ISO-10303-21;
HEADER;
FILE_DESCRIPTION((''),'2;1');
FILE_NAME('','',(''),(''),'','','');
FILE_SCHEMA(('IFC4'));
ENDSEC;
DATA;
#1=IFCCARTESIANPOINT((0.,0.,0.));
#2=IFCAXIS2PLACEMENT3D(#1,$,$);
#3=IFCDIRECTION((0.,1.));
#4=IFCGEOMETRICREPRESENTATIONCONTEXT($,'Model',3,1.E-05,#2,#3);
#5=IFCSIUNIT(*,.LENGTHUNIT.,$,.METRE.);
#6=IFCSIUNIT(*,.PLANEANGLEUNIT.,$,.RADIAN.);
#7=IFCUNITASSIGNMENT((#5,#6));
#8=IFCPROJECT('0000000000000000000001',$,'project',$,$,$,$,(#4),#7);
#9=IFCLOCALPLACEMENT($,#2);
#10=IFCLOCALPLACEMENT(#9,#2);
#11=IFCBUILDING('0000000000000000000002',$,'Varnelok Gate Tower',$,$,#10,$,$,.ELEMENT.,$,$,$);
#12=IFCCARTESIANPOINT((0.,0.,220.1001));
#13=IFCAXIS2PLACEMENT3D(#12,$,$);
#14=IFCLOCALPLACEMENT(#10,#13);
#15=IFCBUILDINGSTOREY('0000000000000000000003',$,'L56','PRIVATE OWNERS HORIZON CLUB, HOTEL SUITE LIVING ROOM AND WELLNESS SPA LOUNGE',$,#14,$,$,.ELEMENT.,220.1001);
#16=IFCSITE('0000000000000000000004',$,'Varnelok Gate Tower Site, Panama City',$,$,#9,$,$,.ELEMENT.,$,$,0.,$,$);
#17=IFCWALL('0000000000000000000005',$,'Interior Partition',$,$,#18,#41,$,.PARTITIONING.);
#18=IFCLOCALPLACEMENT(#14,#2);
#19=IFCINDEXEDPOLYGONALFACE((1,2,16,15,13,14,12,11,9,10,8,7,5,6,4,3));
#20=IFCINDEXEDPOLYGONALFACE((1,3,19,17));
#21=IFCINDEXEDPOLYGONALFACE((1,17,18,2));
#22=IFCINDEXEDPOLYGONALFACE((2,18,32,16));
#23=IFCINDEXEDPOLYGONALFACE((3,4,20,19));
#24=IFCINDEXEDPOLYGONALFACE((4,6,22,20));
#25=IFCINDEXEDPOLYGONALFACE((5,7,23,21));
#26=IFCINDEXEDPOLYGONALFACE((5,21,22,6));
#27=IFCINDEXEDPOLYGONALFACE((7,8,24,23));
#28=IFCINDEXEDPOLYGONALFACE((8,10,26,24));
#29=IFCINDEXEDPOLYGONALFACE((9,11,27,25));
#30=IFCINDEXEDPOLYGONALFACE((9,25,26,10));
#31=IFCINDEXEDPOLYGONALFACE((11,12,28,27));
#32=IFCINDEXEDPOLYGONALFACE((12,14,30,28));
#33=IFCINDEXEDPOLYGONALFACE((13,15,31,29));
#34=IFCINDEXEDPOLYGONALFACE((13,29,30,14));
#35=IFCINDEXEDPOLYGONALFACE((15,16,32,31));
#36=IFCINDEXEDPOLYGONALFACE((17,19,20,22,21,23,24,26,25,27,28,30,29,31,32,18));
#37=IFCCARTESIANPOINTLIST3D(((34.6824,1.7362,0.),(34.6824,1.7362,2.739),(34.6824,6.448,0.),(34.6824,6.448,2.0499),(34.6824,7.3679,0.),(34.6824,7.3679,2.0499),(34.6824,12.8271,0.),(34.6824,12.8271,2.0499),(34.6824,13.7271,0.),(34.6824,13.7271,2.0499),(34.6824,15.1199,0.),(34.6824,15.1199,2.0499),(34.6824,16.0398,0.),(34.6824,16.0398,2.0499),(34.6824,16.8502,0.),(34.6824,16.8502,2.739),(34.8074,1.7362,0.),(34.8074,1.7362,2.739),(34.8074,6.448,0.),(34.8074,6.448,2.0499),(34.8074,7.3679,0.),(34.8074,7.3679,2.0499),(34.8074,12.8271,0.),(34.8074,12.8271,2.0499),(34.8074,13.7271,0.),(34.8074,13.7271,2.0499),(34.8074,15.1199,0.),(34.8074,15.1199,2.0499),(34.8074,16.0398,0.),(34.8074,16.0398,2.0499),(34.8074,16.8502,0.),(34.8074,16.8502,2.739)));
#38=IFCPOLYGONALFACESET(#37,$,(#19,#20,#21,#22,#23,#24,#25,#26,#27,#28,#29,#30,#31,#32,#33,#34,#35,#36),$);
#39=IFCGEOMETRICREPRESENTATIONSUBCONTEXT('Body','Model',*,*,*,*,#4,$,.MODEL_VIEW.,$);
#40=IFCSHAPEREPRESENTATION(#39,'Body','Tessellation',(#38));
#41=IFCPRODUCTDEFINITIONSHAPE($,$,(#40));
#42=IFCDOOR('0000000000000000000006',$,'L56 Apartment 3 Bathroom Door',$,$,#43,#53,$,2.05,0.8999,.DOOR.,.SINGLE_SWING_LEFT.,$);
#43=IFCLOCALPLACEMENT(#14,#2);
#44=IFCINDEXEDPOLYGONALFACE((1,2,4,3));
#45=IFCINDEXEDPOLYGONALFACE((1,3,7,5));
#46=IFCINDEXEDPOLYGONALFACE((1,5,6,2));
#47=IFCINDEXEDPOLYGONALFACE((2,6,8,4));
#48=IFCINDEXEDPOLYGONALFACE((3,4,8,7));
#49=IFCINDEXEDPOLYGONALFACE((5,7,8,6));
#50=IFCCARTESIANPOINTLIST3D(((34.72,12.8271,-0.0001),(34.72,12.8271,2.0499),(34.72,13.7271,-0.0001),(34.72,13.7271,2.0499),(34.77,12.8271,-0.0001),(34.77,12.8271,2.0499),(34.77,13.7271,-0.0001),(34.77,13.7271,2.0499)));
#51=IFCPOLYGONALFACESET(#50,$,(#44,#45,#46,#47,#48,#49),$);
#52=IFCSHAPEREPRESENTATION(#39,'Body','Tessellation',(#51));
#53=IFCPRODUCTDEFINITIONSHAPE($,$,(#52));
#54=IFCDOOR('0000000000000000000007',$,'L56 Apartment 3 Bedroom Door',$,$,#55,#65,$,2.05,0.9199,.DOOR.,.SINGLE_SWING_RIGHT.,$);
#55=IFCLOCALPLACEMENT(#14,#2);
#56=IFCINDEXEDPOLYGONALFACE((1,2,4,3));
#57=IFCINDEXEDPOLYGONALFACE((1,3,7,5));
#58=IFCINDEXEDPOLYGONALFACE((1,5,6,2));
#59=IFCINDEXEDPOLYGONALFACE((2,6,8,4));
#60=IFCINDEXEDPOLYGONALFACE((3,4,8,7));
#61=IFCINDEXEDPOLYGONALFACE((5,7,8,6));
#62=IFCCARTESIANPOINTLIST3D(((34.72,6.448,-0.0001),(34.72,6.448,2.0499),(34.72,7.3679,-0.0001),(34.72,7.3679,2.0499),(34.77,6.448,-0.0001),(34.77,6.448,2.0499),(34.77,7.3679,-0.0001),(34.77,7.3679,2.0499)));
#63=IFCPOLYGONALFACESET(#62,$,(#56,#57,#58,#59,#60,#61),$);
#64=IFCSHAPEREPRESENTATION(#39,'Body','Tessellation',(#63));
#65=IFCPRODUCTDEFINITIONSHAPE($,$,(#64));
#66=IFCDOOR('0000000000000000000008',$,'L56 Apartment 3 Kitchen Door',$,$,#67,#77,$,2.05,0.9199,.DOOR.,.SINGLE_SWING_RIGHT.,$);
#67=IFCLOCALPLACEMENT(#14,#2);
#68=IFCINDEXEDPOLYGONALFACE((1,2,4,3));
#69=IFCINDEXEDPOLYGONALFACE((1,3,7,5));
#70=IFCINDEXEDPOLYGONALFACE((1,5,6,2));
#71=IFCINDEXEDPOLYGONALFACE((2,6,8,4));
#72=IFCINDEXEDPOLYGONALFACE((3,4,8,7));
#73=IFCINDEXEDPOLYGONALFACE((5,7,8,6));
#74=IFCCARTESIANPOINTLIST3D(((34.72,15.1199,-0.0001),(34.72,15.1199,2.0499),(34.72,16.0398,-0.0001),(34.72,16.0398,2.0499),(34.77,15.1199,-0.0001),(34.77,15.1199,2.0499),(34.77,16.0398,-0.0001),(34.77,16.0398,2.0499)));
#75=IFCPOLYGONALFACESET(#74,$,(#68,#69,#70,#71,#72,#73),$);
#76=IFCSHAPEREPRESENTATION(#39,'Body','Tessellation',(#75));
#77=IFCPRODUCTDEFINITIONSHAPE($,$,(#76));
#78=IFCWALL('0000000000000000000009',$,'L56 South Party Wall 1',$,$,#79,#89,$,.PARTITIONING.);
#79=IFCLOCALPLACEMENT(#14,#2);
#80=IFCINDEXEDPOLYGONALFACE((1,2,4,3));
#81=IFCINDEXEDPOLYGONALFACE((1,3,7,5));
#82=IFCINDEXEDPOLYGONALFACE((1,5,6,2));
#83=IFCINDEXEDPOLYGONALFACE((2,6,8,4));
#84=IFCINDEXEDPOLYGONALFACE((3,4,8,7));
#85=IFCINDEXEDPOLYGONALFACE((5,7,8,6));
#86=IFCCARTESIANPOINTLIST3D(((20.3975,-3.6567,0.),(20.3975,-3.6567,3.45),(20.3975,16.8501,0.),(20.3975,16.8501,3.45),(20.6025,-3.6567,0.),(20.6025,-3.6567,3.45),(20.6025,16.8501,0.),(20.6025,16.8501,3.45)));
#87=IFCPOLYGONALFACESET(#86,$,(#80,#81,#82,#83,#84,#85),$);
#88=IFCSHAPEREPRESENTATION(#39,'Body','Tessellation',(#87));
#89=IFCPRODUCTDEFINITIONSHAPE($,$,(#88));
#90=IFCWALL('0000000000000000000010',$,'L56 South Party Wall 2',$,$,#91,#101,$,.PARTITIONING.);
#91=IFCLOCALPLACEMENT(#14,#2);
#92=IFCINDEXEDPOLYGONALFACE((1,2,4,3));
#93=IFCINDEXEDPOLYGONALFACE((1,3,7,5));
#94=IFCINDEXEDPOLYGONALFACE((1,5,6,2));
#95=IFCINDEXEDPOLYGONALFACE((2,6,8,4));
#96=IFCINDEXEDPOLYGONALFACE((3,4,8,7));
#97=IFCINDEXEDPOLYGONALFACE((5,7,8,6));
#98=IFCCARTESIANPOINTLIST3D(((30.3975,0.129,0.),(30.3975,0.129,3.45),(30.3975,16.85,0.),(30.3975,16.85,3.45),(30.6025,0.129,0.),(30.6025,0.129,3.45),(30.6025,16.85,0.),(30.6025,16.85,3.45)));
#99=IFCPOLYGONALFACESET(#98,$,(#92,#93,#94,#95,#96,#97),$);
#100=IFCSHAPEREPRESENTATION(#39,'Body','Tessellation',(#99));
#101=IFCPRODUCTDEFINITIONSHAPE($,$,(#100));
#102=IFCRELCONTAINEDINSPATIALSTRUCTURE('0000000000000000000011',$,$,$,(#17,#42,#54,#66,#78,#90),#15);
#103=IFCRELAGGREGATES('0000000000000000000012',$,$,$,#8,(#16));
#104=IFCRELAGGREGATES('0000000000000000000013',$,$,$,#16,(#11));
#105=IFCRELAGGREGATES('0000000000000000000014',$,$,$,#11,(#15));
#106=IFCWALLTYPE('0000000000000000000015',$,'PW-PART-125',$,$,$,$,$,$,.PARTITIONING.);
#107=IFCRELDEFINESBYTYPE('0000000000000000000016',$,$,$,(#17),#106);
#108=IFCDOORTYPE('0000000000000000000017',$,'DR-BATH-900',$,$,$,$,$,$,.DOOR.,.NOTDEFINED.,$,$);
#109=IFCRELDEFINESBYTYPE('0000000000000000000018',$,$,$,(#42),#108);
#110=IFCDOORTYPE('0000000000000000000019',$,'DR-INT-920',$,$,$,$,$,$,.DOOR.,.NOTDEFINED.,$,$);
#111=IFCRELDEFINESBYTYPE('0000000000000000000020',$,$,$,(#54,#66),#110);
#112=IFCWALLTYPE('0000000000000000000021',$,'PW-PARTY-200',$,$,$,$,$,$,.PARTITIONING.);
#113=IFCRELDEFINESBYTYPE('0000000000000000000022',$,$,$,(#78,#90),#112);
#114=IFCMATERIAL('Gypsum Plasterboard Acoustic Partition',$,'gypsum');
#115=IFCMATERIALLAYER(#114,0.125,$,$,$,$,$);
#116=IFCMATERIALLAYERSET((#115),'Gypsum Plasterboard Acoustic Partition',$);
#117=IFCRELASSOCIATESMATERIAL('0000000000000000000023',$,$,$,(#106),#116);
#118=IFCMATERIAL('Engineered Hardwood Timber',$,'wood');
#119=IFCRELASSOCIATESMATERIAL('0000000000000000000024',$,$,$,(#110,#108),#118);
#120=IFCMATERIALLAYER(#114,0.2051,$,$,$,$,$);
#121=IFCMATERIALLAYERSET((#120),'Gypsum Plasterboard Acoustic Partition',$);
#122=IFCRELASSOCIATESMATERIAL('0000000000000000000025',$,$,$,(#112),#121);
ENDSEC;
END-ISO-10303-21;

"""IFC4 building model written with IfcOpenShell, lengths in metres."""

from ifc_helpers import new_model, si_unit, direction, frame, frame_2d, origin, place, context, subcontext, project, spatial, rectangle, extrude, material, layer, layer_set, type_object, element, fill, save


model = new_model("IFC4")

# Units and contexts
model_context = context("Model", 3, precision=1e-05, world=origin(), true_north=direction((0.0, 1.0)))
body_context = subcontext(model_context, "Body", "Model", "MODEL_VIEW")
ifc_project = project(units=[si_unit("LENGTHUNIT", "METRE"), si_unit("PLANEANGLEUNIT", "RADIAN")], contexts=[model_context])

# Site, building, storey
site_placement = place(None, origin())
site = spatial("IfcSite", under=ifc_project, at=site_placement, Name="Varnelok Gate Tower Site, Panama City", CompositionType="ELEMENT", RefElevation=0.0)
building_placement = place(site_placement, origin())
building = spatial("IfcBuilding", under=site, at=building_placement, Name="Varnelok Gate Tower", CompositionType="ELEMENT")
storey_placement = place(building_placement, frame((0.0, 0.0, 220.1001)))
storey = spatial("IfcBuildingStorey", under=building, at=storey_placement, Name="L56", Description="PRIVATE OWNERS HORIZON CLUB, HOTEL SUITE LIVING ROOM AND WELLNESS SPA LOUNGE", CompositionType="ELEMENT", Elevation=220.1001)

# Shared definitions
ifc_material_1 = material(Name="Gypsum Plasterboard Acoustic Partition", Category="gypsum")

# Shared definitions
ifc_layer_1 = layer(ifc_material_1, 0.125)
ifc_layer_set_1 = layer_set([ifc_layer_1], Name="Gypsum Plasterboard Acoustic Partition")
wall_type_1 = type_object("IfcWallType", Name="PW-PART-125", PredefinedType="PARTITIONING", material=ifc_layer_set_1)
ifc_material_2 = material(Name="Engineered Hardwood Timber", Category="wood")
door_type_1 = type_object("IfcDoorType", Name="DR-INT-920", OperationType="NOTDEFINED", PredefinedType="DOOR", material=ifc_material_2)

# Shared definitions
door_type_2 = type_object("IfcDoorType", Name="DR-BATH-900", OperationType="NOTDEFINED", PredefinedType="DOOR", material=ifc_material_2)

# Wall, openings, doors
wall_1_placement = place(storey_placement, frame((34.7449, 1.7361, 0.0), z_axis=(0.0, 0.0, 1.0), x_axis=(0.0, 1.0, 0.0)))
wall_1 = element("IfcWall", 1, at=wall_1_placement, inside=storey, type_object=wall_type_1, Name="Interior Partition", PredefinedType="PARTITIONING", context=body_context, shape_type="SweptSolid", body=[
    extrude(rectangle(XDim=15.114, YDim=0.125, at=frame_2d((7.5571, 0.0))), origin(), (0.0, 0.0, 1.0), 2.739),
])
opening_1_placement = place(wall_1_placement, frame((4.7119, 0.0, 0.0)))
opening_1 = element("IfcOpeningElement", 2, at=opening_1_placement, cuts=wall_1, PredefinedType="OPENING", context=body_context, shape_type="SweptSolid", body=[
    extrude(rectangle(XDim=0.9199, YDim=2.05, at=frame_2d((0.46, 1.0249))), frame((0.0, 0.0725, 0.0), z_axis=(0.0, -1.0, 0.0), x_axis=(1.0, 0.0, 0.0)), (0.0, 0.0, 1.0), 0.145),
])
opening_2_placement = place(wall_1_placement, frame((11.0911, 0.0, 0.0)))
opening_2 = element("IfcOpeningElement", 3, at=opening_2_placement, cuts=wall_1, PredefinedType="OPENING", context=body_context, shape_type="SweptSolid", body=[
    extrude(rectangle(XDim=0.8999, YDim=2.05, at=frame_2d((0.45, 1.0249))), frame((0.0, 0.0725, 0.0), z_axis=(0.0, -1.0, 0.0), x_axis=(1.0, 0.0, 0.0)), (0.0, 0.0, 1.0), 0.145),
])
opening_3_placement = place(wall_1_placement, frame((13.3838, 0.0, 0.0)))
opening_3 = element("IfcOpeningElement", 4, at=opening_3_placement, cuts=wall_1, PredefinedType="OPENING", context=body_context, shape_type="SweptSolid", body=[
    extrude(rectangle(XDim=0.9199, YDim=2.05, at=frame_2d((0.46, 1.0249))), frame((0.0, 0.0725, 0.0), z_axis=(0.0, -1.0, 0.0), x_axis=(1.0, 0.0, 0.0)), (0.0, 0.0, 1.0), 0.145),
])
door_1_placement = place(opening_2_placement, origin())
door_1 = element("IfcDoor", 5, at=door_1_placement, inside=storey, type_object=door_type_2, Name="L56 Apartment 3 Bathroom Door", OperationType="SINGLE_SWING_LEFT", OverallHeight=2.05, OverallWidth=0.8999, PredefinedType="DOOR", context=body_context, shape_type="SweptSolid", body=[
    extrude(rectangle(XDim=0.8999, YDim=2.05, at=frame_2d((0.45, 1.0249))), frame((0.0, 0.0249, 0.0), z_axis=(0.0, -1.0, 0.0), x_axis=(1.0, 0.0, 0.0)), (0.0, 0.0, 1.0), 0.05),
])
fill(opening_2, door_1)
door_2_placement = place(opening_1_placement, origin())
door_2 = element("IfcDoor", 6, at=door_2_placement, inside=storey, type_object=door_type_1, Name="L56 Apartment 3 Bedroom Door", OperationType="SINGLE_SWING_RIGHT", OverallHeight=2.05, OverallWidth=0.9199, PredefinedType="DOOR", context=body_context, shape_type="SweptSolid", body=[
    extrude(rectangle(XDim=0.9199, YDim=2.05, at=frame_2d((0.46, 1.0249))), frame((0.0, 0.0249, 0.0), z_axis=(0.0, -1.0, 0.0), x_axis=(1.0, 0.0, 0.0)), (0.0, 0.0, 1.0), 0.05),
])
fill(opening_1, door_2)
door_3_placement = place(opening_3_placement, origin())
door_3 = element("IfcDoor", 7, at=door_3_placement, inside=storey, type_object=door_type_1, Name="L56 Apartment 3 Kitchen Door", OperationType="SINGLE_SWING_RIGHT", OverallHeight=2.05, OverallWidth=0.9199, PredefinedType="DOOR", context=body_context, shape_type="SweptSolid", body=[
    extrude(rectangle(XDim=0.9199, YDim=2.05, at=frame_2d((0.46, 1.0249))), frame((0.0, 0.0249, 0.0), z_axis=(0.0, -1.0, 0.0), x_axis=(1.0, 0.0, 0.0)), (0.0, 0.0, 1.0), 0.05),
])
fill(opening_3, door_3)

# Walls
ifc_layer_2 = layer(ifc_material_1, 0.2051)
ifc_layer_set_2 = layer_set([ifc_layer_2], Name="Gypsum Plasterboard Acoustic Partition")
wall_type_2 = type_object("IfcWallType", Name="PW-PARTY-200", PredefinedType="PARTITIONING", material=ifc_layer_set_2)
wall_2_placement = place(storey_placement, frame((20.5, -3.6567, 0.0), z_axis=(0.0, 0.0, 1.0), x_axis=(0.0, 1.0, 0.0)))
element("IfcWall", 8, at=wall_2_placement, inside=storey, type_object=wall_type_2, Name="L56 South Party Wall 1", PredefinedType="PARTITIONING", context=body_context, shape_type="SweptSolid", body=[
    extrude(rectangle(XDim=20.5068, YDim=0.2051, at=frame_2d((10.2534, 0.0))), origin(), (0.0, 0.0, 1.0), 3.45),
])
wall_3_placement = place(storey_placement, frame((30.5, 0.1292, 0.0), z_axis=(0.0, 0.0, 1.0), x_axis=(0.0, 1.0, 0.0)))
element("IfcWall", 9, at=wall_3_placement, inside=storey, type_object=wall_type_2, Name="L56 South Party Wall 2", PredefinedType="PARTITIONING", context=body_context, shape_type="SweptSolid", body=[
    extrude(rectangle(XDim=16.7209, YDim=0.2051, at=frame_2d((8.3604, 0.0))), origin(), (0.0, 0.0, 1.0), 3.45),
])

save(model, "model.ifc")
